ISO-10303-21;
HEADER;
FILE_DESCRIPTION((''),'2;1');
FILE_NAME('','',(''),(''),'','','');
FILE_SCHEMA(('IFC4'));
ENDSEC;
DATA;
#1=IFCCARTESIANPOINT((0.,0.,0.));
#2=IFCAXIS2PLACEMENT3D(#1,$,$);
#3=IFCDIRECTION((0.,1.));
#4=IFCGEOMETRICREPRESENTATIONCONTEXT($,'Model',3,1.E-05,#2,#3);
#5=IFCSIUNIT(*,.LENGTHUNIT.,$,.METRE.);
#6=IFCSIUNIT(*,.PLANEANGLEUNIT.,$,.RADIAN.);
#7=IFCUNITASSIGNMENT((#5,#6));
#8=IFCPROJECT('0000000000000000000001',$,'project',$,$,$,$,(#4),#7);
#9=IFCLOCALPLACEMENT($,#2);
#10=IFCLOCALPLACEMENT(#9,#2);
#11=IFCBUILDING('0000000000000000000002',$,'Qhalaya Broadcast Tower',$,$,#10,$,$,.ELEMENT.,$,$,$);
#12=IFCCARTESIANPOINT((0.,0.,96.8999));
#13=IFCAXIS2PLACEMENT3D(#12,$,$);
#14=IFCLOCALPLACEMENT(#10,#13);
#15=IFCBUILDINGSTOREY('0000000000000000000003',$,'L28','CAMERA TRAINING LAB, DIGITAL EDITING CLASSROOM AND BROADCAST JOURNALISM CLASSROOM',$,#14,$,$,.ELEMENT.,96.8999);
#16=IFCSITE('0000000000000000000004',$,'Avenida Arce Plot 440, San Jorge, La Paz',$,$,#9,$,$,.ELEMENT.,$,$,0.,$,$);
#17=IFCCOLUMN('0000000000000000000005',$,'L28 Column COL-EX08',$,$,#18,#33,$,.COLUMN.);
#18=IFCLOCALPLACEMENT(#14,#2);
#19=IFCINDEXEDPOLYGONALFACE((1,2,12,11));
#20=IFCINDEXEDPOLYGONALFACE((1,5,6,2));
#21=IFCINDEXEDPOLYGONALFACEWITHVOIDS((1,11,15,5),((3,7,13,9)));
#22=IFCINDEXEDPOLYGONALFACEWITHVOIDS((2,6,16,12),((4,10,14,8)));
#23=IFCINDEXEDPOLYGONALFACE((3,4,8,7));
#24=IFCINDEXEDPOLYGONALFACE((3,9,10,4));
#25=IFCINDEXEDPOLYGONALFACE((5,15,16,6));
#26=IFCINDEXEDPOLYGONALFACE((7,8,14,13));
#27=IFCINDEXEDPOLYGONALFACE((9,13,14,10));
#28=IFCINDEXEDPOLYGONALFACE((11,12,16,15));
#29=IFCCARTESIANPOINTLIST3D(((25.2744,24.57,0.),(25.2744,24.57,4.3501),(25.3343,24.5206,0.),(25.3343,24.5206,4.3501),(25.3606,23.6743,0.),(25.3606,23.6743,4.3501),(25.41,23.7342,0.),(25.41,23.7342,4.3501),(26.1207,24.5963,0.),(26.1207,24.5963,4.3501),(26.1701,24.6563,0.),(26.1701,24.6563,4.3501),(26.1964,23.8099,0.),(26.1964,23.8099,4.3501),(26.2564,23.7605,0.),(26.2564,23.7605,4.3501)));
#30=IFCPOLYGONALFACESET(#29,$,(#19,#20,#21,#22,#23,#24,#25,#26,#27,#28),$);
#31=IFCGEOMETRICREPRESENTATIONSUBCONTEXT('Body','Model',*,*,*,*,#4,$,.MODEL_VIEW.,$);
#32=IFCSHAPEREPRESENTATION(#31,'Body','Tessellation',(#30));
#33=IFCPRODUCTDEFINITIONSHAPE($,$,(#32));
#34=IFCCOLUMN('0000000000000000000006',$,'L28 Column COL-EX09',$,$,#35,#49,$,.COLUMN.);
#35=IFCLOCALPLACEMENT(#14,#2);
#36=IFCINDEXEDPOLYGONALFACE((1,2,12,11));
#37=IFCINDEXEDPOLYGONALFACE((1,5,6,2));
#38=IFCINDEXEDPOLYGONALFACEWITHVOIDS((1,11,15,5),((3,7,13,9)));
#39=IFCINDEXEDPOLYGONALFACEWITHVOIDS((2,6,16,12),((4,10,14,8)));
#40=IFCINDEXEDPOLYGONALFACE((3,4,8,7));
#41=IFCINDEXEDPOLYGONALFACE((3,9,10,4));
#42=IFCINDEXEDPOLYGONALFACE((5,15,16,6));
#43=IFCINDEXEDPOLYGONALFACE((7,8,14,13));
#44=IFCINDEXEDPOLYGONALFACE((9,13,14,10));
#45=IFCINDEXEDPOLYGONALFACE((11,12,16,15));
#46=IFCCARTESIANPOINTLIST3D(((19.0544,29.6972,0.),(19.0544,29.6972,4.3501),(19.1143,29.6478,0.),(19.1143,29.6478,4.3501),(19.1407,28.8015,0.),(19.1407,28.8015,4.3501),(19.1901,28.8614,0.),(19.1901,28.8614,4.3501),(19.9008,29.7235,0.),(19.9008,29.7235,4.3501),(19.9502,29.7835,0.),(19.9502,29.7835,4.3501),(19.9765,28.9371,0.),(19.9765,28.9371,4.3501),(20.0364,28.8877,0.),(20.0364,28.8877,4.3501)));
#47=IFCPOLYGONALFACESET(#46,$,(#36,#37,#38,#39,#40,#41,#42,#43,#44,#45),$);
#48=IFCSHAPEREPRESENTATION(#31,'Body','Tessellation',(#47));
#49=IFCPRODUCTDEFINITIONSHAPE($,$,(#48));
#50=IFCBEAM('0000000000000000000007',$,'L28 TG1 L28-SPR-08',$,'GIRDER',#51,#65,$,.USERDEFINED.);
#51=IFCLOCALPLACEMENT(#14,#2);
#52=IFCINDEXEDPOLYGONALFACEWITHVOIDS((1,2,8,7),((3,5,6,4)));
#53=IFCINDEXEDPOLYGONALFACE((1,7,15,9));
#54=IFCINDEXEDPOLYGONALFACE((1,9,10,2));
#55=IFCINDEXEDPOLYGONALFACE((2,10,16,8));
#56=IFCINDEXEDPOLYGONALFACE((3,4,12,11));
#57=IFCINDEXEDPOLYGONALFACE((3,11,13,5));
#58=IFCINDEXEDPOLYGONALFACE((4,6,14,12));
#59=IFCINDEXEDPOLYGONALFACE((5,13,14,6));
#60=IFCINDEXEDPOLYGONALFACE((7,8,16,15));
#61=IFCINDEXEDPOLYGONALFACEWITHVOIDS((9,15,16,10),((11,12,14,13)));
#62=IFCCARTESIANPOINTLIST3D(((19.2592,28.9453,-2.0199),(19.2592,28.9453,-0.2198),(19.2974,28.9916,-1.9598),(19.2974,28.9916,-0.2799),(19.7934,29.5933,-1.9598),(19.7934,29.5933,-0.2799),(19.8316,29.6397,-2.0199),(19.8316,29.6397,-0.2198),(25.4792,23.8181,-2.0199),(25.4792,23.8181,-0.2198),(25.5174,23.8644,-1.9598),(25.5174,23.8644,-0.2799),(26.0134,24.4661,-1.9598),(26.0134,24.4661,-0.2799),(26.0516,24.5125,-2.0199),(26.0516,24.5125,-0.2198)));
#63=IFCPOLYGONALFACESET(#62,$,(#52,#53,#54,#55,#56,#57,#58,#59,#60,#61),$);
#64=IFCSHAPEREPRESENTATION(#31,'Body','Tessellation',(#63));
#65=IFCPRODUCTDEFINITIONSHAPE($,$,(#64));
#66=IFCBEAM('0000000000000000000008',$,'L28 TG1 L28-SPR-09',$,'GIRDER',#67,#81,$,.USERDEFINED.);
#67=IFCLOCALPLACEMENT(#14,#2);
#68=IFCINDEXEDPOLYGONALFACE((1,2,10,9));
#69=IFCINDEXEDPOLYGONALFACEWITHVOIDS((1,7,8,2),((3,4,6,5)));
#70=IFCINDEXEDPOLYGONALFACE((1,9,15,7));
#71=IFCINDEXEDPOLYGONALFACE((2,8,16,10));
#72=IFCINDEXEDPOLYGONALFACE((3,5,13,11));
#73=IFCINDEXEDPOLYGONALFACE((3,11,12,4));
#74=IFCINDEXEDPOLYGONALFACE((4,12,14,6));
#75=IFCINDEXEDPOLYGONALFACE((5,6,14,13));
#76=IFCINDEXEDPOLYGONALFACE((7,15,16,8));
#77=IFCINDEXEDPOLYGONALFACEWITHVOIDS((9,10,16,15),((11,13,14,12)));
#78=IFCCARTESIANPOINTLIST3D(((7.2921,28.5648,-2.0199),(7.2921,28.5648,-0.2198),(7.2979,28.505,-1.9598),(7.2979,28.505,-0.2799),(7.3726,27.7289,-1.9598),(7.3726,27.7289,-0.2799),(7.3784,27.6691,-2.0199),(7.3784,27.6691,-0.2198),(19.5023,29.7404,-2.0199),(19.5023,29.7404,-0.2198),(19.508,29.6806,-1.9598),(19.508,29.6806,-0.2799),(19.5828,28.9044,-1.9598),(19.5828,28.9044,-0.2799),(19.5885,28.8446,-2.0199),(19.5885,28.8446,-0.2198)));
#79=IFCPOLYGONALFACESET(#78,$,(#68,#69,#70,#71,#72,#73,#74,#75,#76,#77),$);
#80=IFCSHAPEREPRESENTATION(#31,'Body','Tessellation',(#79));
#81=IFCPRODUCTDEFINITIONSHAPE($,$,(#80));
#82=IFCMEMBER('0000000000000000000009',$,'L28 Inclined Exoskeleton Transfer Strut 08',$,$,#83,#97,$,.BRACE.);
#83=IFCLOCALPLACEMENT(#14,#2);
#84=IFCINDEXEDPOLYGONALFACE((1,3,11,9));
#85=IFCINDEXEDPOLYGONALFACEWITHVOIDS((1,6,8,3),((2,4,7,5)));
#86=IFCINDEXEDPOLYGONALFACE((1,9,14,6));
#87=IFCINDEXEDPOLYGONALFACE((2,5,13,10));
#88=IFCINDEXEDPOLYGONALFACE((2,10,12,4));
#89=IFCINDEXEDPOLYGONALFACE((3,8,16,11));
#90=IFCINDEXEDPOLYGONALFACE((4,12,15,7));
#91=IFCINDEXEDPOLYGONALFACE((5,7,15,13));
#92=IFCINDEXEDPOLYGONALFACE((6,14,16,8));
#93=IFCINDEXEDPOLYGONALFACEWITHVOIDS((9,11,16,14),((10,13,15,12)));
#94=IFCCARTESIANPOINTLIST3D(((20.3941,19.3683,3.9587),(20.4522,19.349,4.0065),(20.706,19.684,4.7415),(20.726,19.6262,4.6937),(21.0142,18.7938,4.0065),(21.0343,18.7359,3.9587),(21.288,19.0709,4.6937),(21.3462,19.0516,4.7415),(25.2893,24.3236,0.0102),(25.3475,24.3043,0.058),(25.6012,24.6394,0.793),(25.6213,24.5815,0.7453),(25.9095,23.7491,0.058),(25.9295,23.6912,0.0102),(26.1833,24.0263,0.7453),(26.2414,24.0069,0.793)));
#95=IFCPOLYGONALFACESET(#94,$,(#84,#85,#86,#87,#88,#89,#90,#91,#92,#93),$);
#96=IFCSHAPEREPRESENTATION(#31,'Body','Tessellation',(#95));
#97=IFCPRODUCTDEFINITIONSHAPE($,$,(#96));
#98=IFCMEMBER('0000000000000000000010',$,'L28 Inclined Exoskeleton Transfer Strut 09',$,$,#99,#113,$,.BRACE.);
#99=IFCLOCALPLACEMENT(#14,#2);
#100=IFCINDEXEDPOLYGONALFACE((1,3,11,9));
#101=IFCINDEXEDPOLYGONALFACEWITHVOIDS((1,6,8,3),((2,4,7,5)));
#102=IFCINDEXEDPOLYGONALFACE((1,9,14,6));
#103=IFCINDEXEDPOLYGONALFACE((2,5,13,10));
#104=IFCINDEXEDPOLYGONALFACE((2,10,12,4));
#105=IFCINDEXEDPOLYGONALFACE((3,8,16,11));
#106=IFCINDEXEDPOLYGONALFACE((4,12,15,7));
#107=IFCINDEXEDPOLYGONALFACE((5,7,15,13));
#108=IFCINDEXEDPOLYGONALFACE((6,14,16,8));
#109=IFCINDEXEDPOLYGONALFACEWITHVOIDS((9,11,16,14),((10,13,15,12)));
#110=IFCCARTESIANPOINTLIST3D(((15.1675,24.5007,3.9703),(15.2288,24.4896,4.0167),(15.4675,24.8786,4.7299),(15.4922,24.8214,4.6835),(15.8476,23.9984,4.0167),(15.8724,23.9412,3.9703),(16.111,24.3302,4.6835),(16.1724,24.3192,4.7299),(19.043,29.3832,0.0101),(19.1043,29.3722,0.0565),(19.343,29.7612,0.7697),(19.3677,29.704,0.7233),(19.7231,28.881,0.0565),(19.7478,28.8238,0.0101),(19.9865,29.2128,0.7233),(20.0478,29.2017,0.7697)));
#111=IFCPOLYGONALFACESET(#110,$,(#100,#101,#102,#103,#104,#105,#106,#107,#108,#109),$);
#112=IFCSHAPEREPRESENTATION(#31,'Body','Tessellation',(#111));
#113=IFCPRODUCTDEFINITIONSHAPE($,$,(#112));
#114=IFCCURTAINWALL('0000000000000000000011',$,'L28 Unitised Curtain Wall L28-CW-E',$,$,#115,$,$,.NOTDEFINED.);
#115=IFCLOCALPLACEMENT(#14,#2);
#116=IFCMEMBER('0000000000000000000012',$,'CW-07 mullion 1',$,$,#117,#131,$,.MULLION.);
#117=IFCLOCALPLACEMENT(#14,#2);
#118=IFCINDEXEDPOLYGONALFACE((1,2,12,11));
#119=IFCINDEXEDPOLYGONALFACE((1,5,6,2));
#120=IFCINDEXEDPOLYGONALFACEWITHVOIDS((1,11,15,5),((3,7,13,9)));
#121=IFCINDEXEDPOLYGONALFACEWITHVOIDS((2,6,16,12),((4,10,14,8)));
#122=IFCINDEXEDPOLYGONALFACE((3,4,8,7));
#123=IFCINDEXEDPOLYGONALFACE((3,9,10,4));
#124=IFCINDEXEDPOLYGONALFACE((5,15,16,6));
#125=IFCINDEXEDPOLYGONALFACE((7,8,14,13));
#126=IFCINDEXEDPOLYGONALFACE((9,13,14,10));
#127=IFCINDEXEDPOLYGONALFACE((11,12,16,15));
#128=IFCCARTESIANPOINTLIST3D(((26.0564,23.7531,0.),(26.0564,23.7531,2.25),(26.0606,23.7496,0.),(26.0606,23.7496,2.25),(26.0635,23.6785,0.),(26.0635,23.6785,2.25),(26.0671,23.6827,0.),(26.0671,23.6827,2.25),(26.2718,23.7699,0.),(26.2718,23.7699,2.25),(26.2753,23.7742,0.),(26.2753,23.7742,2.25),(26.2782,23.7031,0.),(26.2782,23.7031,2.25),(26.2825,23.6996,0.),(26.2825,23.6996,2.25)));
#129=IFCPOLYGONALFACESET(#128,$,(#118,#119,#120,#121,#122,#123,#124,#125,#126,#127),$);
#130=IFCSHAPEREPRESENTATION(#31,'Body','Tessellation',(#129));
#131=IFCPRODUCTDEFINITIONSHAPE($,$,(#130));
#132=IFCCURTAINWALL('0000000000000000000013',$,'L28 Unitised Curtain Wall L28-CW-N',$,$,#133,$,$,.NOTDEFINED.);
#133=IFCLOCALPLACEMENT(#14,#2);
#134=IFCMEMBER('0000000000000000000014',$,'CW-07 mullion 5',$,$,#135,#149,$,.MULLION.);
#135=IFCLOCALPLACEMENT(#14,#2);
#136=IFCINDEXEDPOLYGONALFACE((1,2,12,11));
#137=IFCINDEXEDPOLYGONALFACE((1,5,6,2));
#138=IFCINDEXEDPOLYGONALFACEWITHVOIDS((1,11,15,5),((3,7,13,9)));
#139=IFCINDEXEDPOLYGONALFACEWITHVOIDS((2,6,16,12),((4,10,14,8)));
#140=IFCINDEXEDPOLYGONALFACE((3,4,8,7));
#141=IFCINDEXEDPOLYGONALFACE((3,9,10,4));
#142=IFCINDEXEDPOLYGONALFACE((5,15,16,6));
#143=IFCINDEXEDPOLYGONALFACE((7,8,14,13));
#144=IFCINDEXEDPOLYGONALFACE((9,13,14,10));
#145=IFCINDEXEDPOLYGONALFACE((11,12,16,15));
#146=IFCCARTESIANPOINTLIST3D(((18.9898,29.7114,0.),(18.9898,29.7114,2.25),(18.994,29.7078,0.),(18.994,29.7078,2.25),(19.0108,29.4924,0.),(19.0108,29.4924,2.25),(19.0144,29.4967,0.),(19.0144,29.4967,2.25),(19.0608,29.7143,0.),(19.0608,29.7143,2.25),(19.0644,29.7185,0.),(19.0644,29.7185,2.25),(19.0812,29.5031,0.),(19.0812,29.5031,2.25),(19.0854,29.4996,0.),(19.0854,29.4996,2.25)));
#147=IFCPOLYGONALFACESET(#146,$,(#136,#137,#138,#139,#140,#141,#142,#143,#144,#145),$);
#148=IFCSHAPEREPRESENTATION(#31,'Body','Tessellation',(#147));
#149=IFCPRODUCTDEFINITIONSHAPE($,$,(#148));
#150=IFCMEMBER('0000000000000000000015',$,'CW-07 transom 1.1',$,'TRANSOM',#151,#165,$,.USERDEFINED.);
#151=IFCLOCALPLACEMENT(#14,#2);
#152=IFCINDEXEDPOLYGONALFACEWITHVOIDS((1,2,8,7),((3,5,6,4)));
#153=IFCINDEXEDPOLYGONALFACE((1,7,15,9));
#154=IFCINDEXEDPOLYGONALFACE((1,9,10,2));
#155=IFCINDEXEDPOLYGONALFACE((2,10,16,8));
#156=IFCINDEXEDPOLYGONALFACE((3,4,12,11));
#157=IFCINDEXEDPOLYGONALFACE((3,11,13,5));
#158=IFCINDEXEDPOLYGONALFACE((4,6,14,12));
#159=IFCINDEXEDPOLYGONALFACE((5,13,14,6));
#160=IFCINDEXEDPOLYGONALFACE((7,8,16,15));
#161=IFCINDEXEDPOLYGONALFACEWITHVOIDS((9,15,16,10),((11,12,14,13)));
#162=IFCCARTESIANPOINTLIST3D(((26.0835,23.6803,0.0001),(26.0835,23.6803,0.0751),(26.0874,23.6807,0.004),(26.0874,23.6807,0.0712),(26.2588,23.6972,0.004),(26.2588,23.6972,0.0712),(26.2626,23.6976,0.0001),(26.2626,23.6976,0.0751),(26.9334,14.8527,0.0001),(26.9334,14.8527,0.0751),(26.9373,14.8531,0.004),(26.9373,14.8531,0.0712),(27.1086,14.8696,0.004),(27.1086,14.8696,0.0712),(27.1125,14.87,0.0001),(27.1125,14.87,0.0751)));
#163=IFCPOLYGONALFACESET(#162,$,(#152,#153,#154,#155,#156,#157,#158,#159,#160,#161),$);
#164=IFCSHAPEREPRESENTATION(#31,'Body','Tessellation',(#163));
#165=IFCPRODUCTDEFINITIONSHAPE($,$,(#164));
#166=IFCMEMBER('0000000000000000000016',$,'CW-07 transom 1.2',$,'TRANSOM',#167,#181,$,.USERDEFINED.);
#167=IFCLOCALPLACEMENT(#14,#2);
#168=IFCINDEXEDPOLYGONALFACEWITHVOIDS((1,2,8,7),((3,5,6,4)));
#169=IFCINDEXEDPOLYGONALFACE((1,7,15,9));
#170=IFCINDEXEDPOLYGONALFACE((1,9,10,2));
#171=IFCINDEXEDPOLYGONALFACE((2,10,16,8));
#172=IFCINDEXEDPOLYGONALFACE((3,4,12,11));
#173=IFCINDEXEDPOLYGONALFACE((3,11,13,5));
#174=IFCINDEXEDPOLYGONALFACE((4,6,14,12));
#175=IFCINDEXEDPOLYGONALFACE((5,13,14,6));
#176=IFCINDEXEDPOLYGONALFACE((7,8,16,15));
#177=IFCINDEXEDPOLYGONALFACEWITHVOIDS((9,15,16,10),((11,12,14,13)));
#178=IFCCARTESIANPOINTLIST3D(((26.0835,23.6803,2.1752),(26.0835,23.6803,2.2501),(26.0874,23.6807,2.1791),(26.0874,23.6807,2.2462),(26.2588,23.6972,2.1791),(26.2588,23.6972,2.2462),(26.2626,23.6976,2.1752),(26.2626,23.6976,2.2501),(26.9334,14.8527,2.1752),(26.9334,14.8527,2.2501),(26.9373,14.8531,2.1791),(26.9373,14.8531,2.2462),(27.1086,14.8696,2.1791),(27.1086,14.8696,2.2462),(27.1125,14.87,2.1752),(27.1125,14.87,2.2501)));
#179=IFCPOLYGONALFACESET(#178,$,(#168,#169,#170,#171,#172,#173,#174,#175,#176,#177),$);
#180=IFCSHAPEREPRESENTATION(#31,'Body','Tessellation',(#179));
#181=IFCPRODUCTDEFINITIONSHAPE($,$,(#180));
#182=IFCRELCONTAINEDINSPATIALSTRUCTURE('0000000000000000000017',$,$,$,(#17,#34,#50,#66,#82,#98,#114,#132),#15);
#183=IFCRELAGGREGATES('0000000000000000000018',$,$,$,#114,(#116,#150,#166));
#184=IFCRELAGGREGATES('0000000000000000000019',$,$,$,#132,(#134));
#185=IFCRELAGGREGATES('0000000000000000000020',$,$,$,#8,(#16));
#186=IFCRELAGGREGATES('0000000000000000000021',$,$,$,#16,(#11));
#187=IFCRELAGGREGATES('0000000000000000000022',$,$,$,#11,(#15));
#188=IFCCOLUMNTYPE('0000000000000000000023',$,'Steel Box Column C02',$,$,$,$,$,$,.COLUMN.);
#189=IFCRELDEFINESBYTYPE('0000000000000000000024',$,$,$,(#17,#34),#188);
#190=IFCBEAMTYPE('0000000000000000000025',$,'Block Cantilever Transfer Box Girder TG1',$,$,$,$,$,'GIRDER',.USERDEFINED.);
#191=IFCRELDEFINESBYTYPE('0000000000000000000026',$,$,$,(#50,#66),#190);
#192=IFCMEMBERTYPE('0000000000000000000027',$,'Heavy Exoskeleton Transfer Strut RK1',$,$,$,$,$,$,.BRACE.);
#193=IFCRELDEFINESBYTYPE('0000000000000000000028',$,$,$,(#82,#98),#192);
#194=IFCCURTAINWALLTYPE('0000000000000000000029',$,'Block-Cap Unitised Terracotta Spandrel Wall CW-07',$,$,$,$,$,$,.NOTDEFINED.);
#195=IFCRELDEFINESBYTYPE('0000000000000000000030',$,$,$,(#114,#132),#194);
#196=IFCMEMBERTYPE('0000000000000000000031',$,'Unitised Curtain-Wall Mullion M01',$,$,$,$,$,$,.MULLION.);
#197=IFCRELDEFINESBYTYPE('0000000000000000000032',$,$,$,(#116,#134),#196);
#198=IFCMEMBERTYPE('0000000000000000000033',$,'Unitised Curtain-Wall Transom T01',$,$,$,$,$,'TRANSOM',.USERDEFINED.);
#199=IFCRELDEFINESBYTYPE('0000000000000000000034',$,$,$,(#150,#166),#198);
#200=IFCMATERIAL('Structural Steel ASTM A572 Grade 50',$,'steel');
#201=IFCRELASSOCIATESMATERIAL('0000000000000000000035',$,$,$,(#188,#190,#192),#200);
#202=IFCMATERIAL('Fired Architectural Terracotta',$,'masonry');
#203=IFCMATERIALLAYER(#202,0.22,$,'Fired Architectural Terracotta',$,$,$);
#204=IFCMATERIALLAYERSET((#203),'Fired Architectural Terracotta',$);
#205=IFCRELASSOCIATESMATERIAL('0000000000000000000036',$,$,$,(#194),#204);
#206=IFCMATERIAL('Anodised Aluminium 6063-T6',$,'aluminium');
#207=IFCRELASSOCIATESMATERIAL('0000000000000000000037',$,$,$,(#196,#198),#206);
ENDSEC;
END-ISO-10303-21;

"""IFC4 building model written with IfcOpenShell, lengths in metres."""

from ifc_helpers import new_model, si_unit, direction, frame, origin, origin_2d, place, context, subcontext, project, spatial, hollow_rectangle, extrude, material, layer, layer_set, material_profile, profile_set, type_object, element, aggregate, save


model = new_model("IFC4")

# Units and contexts
model_context = context("Model", 3, precision=1e-05, world=origin(), true_north=direction((0.0, 1.0)))
body_context = subcontext(model_context, "Body", "Model", "MODEL_VIEW")
ifc_project = project(units=[si_unit("LENGTHUNIT", "METRE"), si_unit("PLANEANGLEUNIT", "RADIAN")], contexts=[model_context])

# Site, building, storey
site_placement = place(None, origin())
site = spatial("IfcSite", under=ifc_project, at=site_placement, Name="Avenida Arce Plot 440, San Jorge, La Paz", CompositionType="ELEMENT", RefElevation=0.0)
building_placement = place(site_placement, origin())
building = spatial("IfcBuilding", under=site, at=building_placement, Name="Qhalaya Broadcast Tower", CompositionType="ELEMENT")
storey_placement = place(building_placement, frame((0.0, 0.0, 96.8999)))
storey = spatial("IfcBuildingStorey", under=building, at=storey_placement, Name="L28", Description="CAMERA TRAINING LAB, DIGITAL EDITING CLASSROOM AND BROADCAST JOURNALISM CLASSROOM", CompositionType="ELEMENT", Elevation=96.8999)

# Columns
ifc_material_1 = material(Name="Structural Steel ASTM A572 Grade 50", Category="steel")
ifc_material_profile_1 = material_profile(ifc_material_1, hollow_rectangle(XDim=0.8999, YDim=0.8999, WallThickness=0.0549, at=origin_2d()), Name="BOX 900x900x55")
ifc_profile_set_1 = profile_set([ifc_material_profile_1], Name="Structural Steel ASTM A572 Grade 50")
column_type = type_object("IfcColumnType", Name="Steel Box Column C02", PredefinedType="COLUMN", material=ifc_profile_set_1)
for number, where, z_axis, x_axis, name in (
    (1, (25.7654, 24.1653, 0.0), (0.0, 0.0, 1.0), (-0.095846, 0.995396, 0.0), "L28 Column COL-EX08"),
    (2, (19.5454, 29.2925, 0.0), (0.0, 0.0, 1.0), (0.995396, 0.095846, 0.0), "L28 Column COL-EX09"),
):
    element("IfcColumn", number, at=place(storey_placement, frame(where, z_axis=z_axis, x_axis=x_axis)), inside=storey, type_object=column_type, Name=name, PredefinedType="COLUMN", context=body_context, shape_type="SweptSolid", body=[
        extrude(hollow_rectangle(XDim=0.8999, YDim=0.8999, WallThickness=0.0549, at=origin_2d()), origin(), (0.0, 0.0, 1.0), 4.3501),
    ])

# Beams
ifc_material_profile_2 = material_profile(ifc_material_1, hollow_rectangle(XDim=0.8999, YDim=1.8, WallThickness=0.0601, at=origin_2d()), Name="BOX 900x1800x60")
ifc_profile_set_2 = profile_set([ifc_material_profile_2], Name="Structural Steel ASTM A572 Grade 50")
beam_type = type_object("IfcBeamType", Name="Block Cantilever Transfer Box Girder TG1", ElementType="GIRDER", PredefinedType="USERDEFINED", material=ifc_profile_set_2)
beam_1_placement = place(storey_placement, frame((25.7654, 24.1653, -1.1199), z_axis=(-0.771634, 0.636067, 0.0), x_axis=(-0.636067, -0.771634, 0.0)))
element("IfcBeam", 3, at=beam_1_placement, inside=storey, type_object=beam_type, Name="L28 TG1 L28-SPR-08", ObjectType="GIRDER", PredefinedType="USERDEFINED", context=body_context, shape_type="SweptSolid", body=[
    extrude(hollow_rectangle(XDim=0.8999, YDim=1.8, WallThickness=0.0601, at=origin_2d()), origin(), (0.0, 0.0, 1.0), 8.0608),
])
beam_2_placement = place(storey_placement, frame((19.5454, 29.2925, -1.1199), z_axis=(-0.995398, -0.095832, 0.0), x_axis=(0.095832, -0.995398, 0.0)))
element("IfcBeam", 4, at=beam_2_placement, inside=storey, type_object=beam_type, Name="L28 TG1 L28-SPR-09", ObjectType="GIRDER", PredefinedType="USERDEFINED", context=body_context, shape_type="SweptSolid", body=[
    extrude(hollow_rectangle(XDim=0.8999, YDim=1.8, WallThickness=0.0601, at=origin_2d()), origin(), (0.0, 0.0, 1.0), 12.2666),
])

# Members
ifc_material_profile_3 = material_profile(ifc_material_1, hollow_rectangle(XDim=0.8999, YDim=0.8999, WallThickness=0.0549, at=origin_2d()), Name="BOX 900x900x55")
ifc_profile_set_3 = profile_set([ifc_material_profile_3], Name="Structural Steel ASTM A572 Grade 50")
member_type_1 = type_object("IfcMemberType", Name="Heavy Exoskeleton Transfer Strut RK1", PredefinedType="BRACE", material=ifc_profile_set_3)
member_1_placement = place(storey_placement, frame((25.7654, 24.1653, 0.4016), z_axis=(-0.611386, -0.618887, 0.49314), x_axis=(0.711405, -0.702783, 0.0)))
element("IfcMember", 5, at=member_1_placement, inside=storey, type_object=member_type_1, Name="L28 Inclined Exoskeleton Transfer Strut 08", PredefinedType="BRACE", context=body_context, shape_type="SweptSolid", body=[
    extrude(hollow_rectangle(XDim=0.8999, YDim=0.8999, WallThickness=0.0549, at=origin_2d()), origin(), (0.0, 0.0, 1.0), 8.0068),
])
member_2_placement = place(storey_placement, frame((19.5454, 29.2925, 0.3899), z_axis=(-0.52476, -0.661123, 0.536231), x_axis=(0.783255, -0.621701, 0.0)))
element("IfcMember", 6, at=member_2_placement, inside=storey, type_object=member_type_1, Name="L28 Inclined Exoskeleton Transfer Strut 09", PredefinedType="BRACE", context=body_context, shape_type="SweptSolid", body=[
    extrude(hollow_rectangle(XDim=0.8999, YDim=0.8999, WallThickness=0.0549, at=origin_2d()), origin(), (0.0, 0.0, 1.0), 7.3853),
])

# Curtain walls, members
ifc_material_2 = material(Name="Fired Architectural Terracotta", Category="masonry")
ifc_layer_1 = layer(ifc_material_2, 0.22, Name="Fired Architectural Terracotta")
ifc_layer_set_1 = layer_set([ifc_layer_1], Name="Fired Architectural Terracotta")
curtain_wall_type = type_object("IfcCurtainWallType", Name="Block-Cap Unitised Terracotta Spandrel Wall CW-07", PredefinedType="NOTDEFINED", material=ifc_layer_set_1)
curtain_wall_1_placement = place(storey_placement, origin())
curtain_wall_1 = element("IfcCurtainWall", 7, at=curtain_wall_1_placement, inside=storey, type_object=curtain_wall_type, Name="L28 Unitised Curtain Wall L28-CW-E", PredefinedType="NOTDEFINED")
ifc_material_3 = material(Name="Anodised Aluminium 6063-T6", Category="aluminium")
ifc_material_profile_4 = material_profile(ifc_material_3, hollow_rectangle(XDim=0.075, YDim=0.22, WallThickness=0.0039, at=origin_2d()), Name="ALU-MUL 75x220x4")
ifc_profile_set_4 = profile_set([ifc_material_profile_4], Name="Anodised Aluminium 6063-T6")
member_type_2 = type_object("IfcMemberType", Name="Unitised Curtain-Wall Mullion M01", PredefinedType="MULLION", material=ifc_profile_set_4)
member_3_placement = place(storey_placement, frame((26.1694, 23.7263, 0.0), z_axis=(0.0, 0.0, 1.0), x_axis=(0.095847, -0.995396, 0.0)))
member_3 = element("IfcMember", 8, at=member_3_placement, type_object=member_type_2, Name="CW-07 mullion 1", PredefinedType="MULLION", context=body_context, shape_type="SweptSolid", body=[
    extrude(hollow_rectangle(XDim=0.075, YDim=0.22, WallThickness=0.0039, at=origin_2d()), origin(), (0.0, 0.0, 1.0), 2.25),
])
curtain_wall_2_placement = place(storey_placement, origin())
curtain_wall_2 = element("IfcCurtainWall", 9, at=curtain_wall_2_placement, inside=storey, type_object=curtain_wall_type, Name="L28 Unitised Curtain Wall L28-CW-N", PredefinedType="NOTDEFINED")
member_4_placement = place(storey_placement, frame((19.0376, 29.6055, 0.0), z_axis=(0.0, 0.0, 1.0), x_axis=(0.995396, 0.095847, 0.0)))
member_4 = element("IfcMember", 10, at=member_4_placement, type_object=member_type_2, Name="CW-07 mullion 5", PredefinedType="MULLION", context=body_context, shape_type="SweptSolid", body=[
    extrude(hollow_rectangle(XDim=0.075, YDim=0.22, WallThickness=0.0039, at=origin_2d()), origin(), (0.0, 0.0, 1.0), 2.25),
])

# Members
ifc_material_profile_5 = material_profile(ifc_material_3, hollow_rectangle(XDim=0.075, YDim=0.1799, WallThickness=0.0039, at=origin_2d()), Name="ALU-TRN 75x180x4")
ifc_profile_set_5 = profile_set([ifc_material_profile_5], Name="Anodised Aluminium 6063-T6")
member_type_3 = type_object("IfcMemberType", Name="Unitised Curtain-Wall Transom T01", ElementType="TRANSOM", PredefinedType="USERDEFINED", material=ifc_profile_set_5)
member_5_placement = place(storey_placement, frame((26.1731, 23.689, 0.0376), z_axis=(0.095829, -0.995398, 0.0), x_axis=(0.0, 0.0, 1.0)))
member_5 = element("IfcMember", 11, at=member_5_placement, type_object=member_type_3, Name="CW-07 transom 1.1", ObjectType="TRANSOM", PredefinedType="USERDEFINED", context=body_context, shape_type="SweptSolid", body=[
    extrude(hollow_rectangle(XDim=0.075, YDim=0.1799, WallThickness=0.0039, at=origin_2d()), origin(), (0.0, 0.0, 1.0), 8.8684),
])
member_6_placement = place(storey_placement, frame((26.1731, 23.689, 2.2126), z_axis=(0.095829, -0.995398, 0.0), x_axis=(0.0, 0.0, 1.0)))
member_6 = element("IfcMember", 12, at=member_6_placement, type_object=member_type_3, Name="CW-07 transom 1.2", ObjectType="TRANSOM", PredefinedType="USERDEFINED", context=body_context, shape_type="SweptSolid", body=[
    extrude(hollow_rectangle(XDim=0.075, YDim=0.1799, WallThickness=0.0039, at=origin_2d()), origin(), (0.0, 0.0, 1.0), 8.8684),
])

aggregate(curtain_wall_1, [member_3, member_5, member_6])
aggregate(curtain_wall_2, [member_4])

save(model, "model.ifc")
